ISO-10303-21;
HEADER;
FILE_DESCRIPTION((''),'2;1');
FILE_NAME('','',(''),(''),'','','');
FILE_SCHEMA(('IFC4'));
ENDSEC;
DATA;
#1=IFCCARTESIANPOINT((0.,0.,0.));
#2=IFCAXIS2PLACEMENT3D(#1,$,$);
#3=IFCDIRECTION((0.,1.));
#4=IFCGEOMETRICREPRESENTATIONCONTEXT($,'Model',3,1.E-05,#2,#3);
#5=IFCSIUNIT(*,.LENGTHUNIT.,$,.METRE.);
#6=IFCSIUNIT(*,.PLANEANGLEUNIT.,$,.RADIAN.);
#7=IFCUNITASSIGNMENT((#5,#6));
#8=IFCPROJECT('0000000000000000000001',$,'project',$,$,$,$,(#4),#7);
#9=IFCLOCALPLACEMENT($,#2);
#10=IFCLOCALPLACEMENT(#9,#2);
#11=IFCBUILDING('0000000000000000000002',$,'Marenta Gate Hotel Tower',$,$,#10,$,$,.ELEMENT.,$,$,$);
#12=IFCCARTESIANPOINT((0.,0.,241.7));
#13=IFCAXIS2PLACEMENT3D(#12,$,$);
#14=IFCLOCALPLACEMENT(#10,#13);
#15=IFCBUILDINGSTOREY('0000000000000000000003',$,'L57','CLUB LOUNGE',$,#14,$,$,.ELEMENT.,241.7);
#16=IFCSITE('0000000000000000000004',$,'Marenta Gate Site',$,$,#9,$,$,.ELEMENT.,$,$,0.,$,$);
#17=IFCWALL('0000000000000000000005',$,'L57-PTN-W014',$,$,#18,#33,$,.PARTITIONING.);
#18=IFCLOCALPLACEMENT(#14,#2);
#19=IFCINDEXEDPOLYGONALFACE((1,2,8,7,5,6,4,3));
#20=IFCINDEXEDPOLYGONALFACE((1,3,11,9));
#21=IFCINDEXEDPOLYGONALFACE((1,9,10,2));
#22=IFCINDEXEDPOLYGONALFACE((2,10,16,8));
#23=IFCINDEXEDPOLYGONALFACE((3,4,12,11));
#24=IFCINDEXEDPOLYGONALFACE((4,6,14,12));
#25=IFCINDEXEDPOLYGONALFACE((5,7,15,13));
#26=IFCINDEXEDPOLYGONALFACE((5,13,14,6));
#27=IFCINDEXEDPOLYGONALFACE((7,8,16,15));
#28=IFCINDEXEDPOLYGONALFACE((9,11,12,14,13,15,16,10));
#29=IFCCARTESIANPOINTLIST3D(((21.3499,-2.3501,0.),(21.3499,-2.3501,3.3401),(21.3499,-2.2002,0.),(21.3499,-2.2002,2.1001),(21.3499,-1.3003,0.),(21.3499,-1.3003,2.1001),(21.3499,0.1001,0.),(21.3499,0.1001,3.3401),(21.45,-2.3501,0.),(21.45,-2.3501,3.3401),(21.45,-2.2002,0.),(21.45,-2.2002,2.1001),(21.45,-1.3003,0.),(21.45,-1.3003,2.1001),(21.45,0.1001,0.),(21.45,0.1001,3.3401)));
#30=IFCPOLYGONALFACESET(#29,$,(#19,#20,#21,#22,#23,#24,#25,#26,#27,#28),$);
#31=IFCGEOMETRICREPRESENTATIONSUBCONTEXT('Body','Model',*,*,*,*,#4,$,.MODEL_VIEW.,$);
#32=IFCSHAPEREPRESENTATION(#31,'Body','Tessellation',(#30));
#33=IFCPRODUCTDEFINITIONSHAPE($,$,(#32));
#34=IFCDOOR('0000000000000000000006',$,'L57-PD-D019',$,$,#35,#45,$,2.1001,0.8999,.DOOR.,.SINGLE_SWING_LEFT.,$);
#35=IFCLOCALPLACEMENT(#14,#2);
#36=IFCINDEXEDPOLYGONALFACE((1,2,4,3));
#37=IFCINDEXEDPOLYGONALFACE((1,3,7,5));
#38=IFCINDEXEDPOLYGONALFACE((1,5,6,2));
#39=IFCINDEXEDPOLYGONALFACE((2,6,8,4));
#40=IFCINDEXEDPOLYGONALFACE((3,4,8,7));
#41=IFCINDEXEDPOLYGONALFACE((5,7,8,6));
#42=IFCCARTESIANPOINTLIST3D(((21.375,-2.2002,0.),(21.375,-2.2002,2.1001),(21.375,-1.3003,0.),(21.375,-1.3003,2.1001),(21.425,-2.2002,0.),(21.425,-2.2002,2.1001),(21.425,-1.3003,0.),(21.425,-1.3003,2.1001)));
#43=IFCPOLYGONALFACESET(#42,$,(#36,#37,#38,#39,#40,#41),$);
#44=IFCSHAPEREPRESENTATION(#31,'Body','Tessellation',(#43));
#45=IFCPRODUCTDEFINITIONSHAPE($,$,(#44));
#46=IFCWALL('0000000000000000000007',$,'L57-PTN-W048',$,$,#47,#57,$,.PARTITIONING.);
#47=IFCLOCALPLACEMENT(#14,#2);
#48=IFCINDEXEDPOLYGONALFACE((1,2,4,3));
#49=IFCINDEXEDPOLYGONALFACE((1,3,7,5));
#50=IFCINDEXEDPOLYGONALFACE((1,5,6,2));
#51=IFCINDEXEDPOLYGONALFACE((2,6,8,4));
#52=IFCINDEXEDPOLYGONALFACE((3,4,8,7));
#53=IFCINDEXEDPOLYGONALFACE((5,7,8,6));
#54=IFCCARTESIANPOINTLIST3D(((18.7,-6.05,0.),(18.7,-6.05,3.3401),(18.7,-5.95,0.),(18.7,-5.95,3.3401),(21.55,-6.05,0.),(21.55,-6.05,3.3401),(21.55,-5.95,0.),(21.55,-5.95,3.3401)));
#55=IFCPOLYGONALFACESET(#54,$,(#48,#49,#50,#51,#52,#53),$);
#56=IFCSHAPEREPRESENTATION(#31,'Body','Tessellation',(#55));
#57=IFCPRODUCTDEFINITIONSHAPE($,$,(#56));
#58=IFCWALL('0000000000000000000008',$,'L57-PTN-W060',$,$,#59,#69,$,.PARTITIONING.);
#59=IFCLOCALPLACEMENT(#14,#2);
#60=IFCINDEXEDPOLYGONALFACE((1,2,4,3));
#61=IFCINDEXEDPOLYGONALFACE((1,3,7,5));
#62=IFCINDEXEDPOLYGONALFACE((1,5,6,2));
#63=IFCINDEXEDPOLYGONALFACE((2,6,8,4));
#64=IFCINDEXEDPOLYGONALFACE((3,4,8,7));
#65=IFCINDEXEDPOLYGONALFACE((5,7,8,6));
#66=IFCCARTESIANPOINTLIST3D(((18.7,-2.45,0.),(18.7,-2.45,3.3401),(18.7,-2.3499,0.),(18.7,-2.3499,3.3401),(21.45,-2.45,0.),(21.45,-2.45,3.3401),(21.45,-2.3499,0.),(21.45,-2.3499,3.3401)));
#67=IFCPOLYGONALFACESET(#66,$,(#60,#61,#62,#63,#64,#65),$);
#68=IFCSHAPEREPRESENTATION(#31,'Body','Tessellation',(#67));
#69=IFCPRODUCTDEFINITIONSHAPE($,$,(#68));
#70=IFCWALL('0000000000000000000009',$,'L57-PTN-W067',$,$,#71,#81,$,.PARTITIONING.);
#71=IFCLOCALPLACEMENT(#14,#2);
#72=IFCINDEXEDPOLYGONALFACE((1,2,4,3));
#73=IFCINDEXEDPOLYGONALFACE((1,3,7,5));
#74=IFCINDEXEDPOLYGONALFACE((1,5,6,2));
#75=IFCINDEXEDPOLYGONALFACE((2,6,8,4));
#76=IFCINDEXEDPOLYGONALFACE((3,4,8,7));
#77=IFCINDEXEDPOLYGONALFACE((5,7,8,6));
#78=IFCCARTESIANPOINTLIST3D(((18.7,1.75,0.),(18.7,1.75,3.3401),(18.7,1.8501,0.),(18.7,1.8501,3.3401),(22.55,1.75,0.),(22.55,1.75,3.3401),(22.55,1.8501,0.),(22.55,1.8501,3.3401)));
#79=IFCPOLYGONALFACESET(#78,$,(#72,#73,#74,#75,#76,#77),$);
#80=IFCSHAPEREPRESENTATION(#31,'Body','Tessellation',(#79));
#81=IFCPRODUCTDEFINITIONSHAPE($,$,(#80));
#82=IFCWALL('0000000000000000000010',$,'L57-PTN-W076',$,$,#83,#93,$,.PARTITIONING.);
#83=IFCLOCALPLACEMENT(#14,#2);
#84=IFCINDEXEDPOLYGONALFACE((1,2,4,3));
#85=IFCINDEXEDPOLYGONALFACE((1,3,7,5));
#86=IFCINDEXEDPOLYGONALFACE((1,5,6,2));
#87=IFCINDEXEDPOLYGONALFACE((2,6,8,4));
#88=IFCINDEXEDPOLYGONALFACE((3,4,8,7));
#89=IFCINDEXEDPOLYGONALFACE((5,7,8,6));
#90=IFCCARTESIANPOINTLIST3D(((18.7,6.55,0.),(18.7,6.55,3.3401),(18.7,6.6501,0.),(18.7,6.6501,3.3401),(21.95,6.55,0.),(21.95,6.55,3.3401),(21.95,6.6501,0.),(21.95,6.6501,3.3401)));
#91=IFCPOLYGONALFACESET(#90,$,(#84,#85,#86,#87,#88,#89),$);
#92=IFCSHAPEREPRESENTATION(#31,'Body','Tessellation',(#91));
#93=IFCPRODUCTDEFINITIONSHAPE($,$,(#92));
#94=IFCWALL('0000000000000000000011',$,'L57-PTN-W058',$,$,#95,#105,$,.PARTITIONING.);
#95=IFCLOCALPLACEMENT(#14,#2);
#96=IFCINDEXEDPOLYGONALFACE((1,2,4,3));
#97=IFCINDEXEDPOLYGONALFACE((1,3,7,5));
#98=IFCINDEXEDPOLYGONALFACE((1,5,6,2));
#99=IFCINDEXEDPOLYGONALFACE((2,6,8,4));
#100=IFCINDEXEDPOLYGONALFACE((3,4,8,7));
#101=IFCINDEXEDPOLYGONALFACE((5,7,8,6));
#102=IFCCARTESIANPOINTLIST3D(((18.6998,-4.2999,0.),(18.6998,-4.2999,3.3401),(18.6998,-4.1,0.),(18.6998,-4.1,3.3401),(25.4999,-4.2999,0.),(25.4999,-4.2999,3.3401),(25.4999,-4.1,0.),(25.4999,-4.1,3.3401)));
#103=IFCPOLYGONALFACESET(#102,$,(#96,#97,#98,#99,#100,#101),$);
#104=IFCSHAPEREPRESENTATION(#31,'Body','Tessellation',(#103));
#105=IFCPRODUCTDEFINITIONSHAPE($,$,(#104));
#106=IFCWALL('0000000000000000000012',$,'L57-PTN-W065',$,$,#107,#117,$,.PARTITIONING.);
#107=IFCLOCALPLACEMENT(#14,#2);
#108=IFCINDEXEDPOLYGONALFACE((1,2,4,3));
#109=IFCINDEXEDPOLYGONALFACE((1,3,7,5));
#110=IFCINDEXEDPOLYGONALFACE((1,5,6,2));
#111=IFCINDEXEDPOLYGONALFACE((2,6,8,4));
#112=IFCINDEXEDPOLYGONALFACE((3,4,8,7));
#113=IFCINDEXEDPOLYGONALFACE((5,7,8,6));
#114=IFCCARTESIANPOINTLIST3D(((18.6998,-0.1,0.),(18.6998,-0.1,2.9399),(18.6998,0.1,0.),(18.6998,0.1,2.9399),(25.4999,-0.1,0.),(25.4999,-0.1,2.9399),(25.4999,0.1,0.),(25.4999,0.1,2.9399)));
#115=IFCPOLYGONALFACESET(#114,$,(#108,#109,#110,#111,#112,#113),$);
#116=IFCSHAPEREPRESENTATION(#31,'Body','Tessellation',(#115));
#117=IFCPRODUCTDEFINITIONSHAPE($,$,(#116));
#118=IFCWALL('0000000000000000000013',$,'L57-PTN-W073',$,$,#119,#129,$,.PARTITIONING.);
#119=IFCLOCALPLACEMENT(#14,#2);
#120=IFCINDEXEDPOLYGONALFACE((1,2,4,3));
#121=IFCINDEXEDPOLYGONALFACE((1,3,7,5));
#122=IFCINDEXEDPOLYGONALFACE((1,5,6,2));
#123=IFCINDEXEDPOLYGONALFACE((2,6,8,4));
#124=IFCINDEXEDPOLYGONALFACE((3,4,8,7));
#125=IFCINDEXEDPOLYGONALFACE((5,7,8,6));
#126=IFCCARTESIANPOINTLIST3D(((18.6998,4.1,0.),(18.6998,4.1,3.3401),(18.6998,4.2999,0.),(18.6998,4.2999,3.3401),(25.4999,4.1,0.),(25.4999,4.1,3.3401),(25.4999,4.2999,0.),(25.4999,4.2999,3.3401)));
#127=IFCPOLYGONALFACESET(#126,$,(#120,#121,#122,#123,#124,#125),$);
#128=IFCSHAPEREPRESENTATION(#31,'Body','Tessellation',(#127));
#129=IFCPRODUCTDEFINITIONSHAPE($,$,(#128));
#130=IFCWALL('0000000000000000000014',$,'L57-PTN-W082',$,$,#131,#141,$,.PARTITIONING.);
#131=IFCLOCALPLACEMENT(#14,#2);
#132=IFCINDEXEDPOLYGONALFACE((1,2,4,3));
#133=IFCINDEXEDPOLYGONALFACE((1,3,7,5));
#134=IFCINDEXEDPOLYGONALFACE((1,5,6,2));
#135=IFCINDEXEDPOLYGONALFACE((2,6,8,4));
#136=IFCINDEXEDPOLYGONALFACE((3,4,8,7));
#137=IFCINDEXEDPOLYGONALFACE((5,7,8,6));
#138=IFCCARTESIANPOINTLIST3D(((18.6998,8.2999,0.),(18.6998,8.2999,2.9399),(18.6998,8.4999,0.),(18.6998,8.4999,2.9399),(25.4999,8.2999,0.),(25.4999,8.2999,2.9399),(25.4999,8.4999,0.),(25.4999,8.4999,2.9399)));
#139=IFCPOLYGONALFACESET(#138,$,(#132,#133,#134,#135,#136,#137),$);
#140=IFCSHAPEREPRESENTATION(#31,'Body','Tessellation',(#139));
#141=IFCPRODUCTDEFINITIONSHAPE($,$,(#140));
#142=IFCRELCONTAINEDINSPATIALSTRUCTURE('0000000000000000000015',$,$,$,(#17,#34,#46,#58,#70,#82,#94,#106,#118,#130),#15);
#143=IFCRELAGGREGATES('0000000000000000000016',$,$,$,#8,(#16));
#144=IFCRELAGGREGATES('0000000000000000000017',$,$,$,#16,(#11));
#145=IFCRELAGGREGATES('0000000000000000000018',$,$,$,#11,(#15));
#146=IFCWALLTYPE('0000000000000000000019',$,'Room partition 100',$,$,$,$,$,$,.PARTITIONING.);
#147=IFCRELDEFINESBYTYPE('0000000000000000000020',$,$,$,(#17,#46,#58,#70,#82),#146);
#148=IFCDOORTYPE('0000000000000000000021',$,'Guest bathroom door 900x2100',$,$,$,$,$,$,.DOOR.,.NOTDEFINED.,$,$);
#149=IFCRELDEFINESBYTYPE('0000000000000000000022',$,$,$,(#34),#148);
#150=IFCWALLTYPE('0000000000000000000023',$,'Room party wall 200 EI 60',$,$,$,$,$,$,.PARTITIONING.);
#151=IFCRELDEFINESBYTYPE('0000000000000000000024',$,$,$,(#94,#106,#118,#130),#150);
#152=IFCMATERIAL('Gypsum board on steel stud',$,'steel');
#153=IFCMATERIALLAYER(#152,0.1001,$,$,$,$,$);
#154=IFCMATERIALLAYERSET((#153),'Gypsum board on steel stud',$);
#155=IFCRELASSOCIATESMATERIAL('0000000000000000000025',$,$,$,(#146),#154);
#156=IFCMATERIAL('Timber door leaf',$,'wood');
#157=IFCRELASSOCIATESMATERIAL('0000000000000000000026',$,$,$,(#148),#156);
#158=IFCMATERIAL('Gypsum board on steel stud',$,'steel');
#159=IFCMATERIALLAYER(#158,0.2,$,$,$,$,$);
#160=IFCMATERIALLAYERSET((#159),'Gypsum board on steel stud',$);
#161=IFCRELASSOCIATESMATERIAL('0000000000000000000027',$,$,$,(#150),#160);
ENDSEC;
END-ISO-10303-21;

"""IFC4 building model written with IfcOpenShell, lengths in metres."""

from ifc_helpers import new_model, si_unit, direction, frame, frame_2d, origin, place, context, subcontext, project, spatial, rectangle, extrude, material, layer, layer_set, type_object, element, fill, save


model = new_model("IFC4")

# Units and contexts
model_context = context("Model", 3, precision=1e-05, world=origin(), true_north=direction((0.0, 1.0)))
body_context = subcontext(model_context, "Body", "Model", "MODEL_VIEW")
ifc_project = project(units=[si_unit("LENGTHUNIT", "METRE"), si_unit("PLANEANGLEUNIT", "RADIAN")], contexts=[model_context])

# Site, building, storey
site_placement = place(None, origin())
site = spatial("IfcSite", under=ifc_project, at=site_placement, Name="Marenta Gate Site", CompositionType="ELEMENT", RefElevation=0.0)
building_placement = place(site_placement, origin())
building = spatial("IfcBuilding", under=site, at=building_placement, Name="Marenta Gate Hotel Tower", CompositionType="ELEMENT")
storey_placement = place(building_placement, frame((0.0, 0.0, 241.7)))
storey = spatial("IfcBuildingStorey", under=building, at=storey_placement, Name="L57", Description="CLUB LOUNGE", CompositionType="ELEMENT", Elevation=241.7)

# Wall, opening, door
ifc_material_1 = material(Name="Gypsum board on steel stud", Category="steel")
ifc_layer_1 = layer(ifc_material_1, 0.1001)
ifc_layer_set_1 = layer_set([ifc_layer_1], Name="Gypsum board on steel stud")
wall_type_1 = type_object("IfcWallType", Name="Room partition 100", PredefinedType="PARTITIONING", material=ifc_layer_set_1)
wall_1_placement = place(storey_placement, frame((21.3999, -2.3501, 0.0), z_axis=(0.0, 0.0, 1.0), x_axis=(0.0, 1.0, 0.0)))
wall_1 = element("IfcWall", 1, at=wall_1_placement, inside=storey, type_object=wall_type_1, Name="L57-PTN-W014", PredefinedType="PARTITIONING", context=body_context, shape_type="SweptSolid", body=[
    extrude(rectangle(XDim=2.4502, YDim=0.1001, at=frame_2d((1.2251, 0.0))), origin(), (0.0, 0.0, 1.0), 3.3401),
])
opening_1_placement = place(wall_1_placement, frame((0.1499, 0.0, 0.0)))
opening_1 = element("IfcOpeningElement", 2, at=opening_1_placement, cuts=wall_1, PredefinedType="OPENING", context=body_context, shape_type="SweptSolid", body=[
    extrude(rectangle(XDim=0.8999, YDim=2.1001, at=frame_2d((0.45, 1.05))), frame((0.0, 0.05, 0.0), z_axis=(0.0, -1.0, 0.0), x_axis=(1.0, 0.0, 0.0)), (0.0, 0.0, 1.0), 0.1001),
])
ifc_material_2 = material(Name="Timber door leaf", Category="wood")
door_type_1 = type_object("IfcDoorType", Name="Guest bathroom door 900x2100", OperationType="NOTDEFINED", PredefinedType="DOOR", material=ifc_material_2)
door_1_placement = place(opening_1_placement, origin())
door_1 = element("IfcDoor", 3, at=door_1_placement, inside=storey, type_object=door_type_1, Name="L57-PD-D019", OperationType="SINGLE_SWING_LEFT", OverallHeight=2.1001, OverallWidth=0.8999, PredefinedType="DOOR", context=body_context, shape_type="SweptSolid", body=[
    extrude(rectangle(XDim=0.8999, YDim=2.1001, at=frame_2d((0.45, 1.05))), frame((0.0, 0.0249, 0.0), z_axis=(0.0, -1.0, 0.0), x_axis=(1.0, 0.0, 0.0)), (0.0, 0.0, 1.0), 0.05),
])
fill(opening_1, door_1)

# Walls
wall_2_placement = place(storey_placement, frame((18.7, -6.0, 0.0), z_axis=(0.0, 0.0, 1.0), x_axis=(1.0, 0.0, 0.0)))
element("IfcWall", 4, at=wall_2_placement, inside=storey, type_object=wall_type_1, Name="L57-PTN-W048", PredefinedType="PARTITIONING", context=body_context, shape_type="SweptSolid", body=[
    extrude(rectangle(XDim=2.8501, YDim=0.1001, at=frame_2d((1.425, 0.0))), origin(), (0.0, 0.0, 1.0), 3.3401),
])
wall_3_placement = place(storey_placement, frame((18.7, -2.3999, 0.0), z_axis=(0.0, 0.0, 1.0), x_axis=(1.0, 0.0, 0.0)))
element("IfcWall", 5, at=wall_3_placement, inside=storey, type_object=wall_type_1, Name="L57-PTN-W060", PredefinedType="PARTITIONING", context=body_context, shape_type="SweptSolid", body=[
    extrude(rectangle(XDim=2.75, YDim=0.1001, at=frame_2d((1.375, 0.0))), origin(), (0.0, 0.0, 1.0), 3.3401),
])
wall_4_placement = place(storey_placement, frame((18.7, 1.8, 0.0), z_axis=(0.0, 0.0, 1.0), x_axis=(1.0, 0.0, 0.0)))
element("IfcWall", 6, at=wall_4_placement, inside=storey, type_object=wall_type_1, Name="L57-PTN-W067", PredefinedType="PARTITIONING", context=body_context, shape_type="SweptSolid", body=[
    extrude(rectangle(XDim=3.8501, YDim=0.1001, at=frame_2d((1.925, 0.0))), origin(), (0.0, 0.0, 1.0), 3.3401),
])
wall_5_placement = place(storey_placement, frame((18.7, 6.6001, 0.0), z_axis=(0.0, 0.0, 1.0), x_axis=(1.0, 0.0, 0.0)))
element("IfcWall", 7, at=wall_5_placement, inside=storey, type_object=wall_type_1, Name="L57-PTN-W076", PredefinedType="PARTITIONING", context=body_context, shape_type="SweptSolid", body=[
    extrude(rectangle(XDim=3.25, YDim=0.1001, at=frame_2d((1.625, 0.0))), origin(), (0.0, 0.0, 1.0), 3.3401),
])
ifc_material_3 = material(Name="Gypsum board on steel stud", Category="steel")
ifc_layer_2 = layer(ifc_material_3, 0.2)
ifc_layer_set_2 = layer_set([ifc_layer_2], Name="Gypsum board on steel stud")
wall_type_2 = type_object("IfcWallType", Name="Room party wall 200 EI 60", PredefinedType="PARTITIONING", material=ifc_layer_set_2)
wall_6_placement = place(storey_placement, frame((18.7, -4.2, 0.0), z_axis=(0.0, 0.0, 1.0), x_axis=(1.0, 0.0, 0.0)))
element("IfcWall", 8, at=wall_6_placement, inside=storey, type_object=wall_type_2, Name="L57-PTN-W058", PredefinedType="PARTITIONING", context=body_context, shape_type="SweptSolid", body=[
    extrude(rectangle(XDim=6.8, YDim=0.2, at=frame_2d((3.3999, 0.0))), origin(), (0.0, 0.0, 1.0), 3.3401),
])
wall_7_placement = place(storey_placement, frame((18.7, 0.0, 0.0), z_axis=(0.0, 0.0, 1.0), x_axis=(1.0, 0.0, 0.0)))
element("IfcWall", 9, at=wall_7_placement, inside=storey, type_object=wall_type_2, Name="L57-PTN-W065", PredefinedType="PARTITIONING", context=body_context, shape_type="SweptSolid", body=[
    extrude(rectangle(XDim=6.8, YDim=0.2, at=frame_2d((3.3999, 0.0))), origin(), (0.0, 0.0, 1.0), 2.9399),
])
wall_8_placement = place(storey_placement, frame((18.7, 4.2, 0.0), z_axis=(0.0, 0.0, 1.0), x_axis=(1.0, 0.0, 0.0)))
element("IfcWall", 10, at=wall_8_placement, inside=storey, type_object=wall_type_2, Name="L57-PTN-W073", PredefinedType="PARTITIONING", context=body_context, shape_type="SweptSolid", body=[
    extrude(rectangle(XDim=6.8, YDim=0.2, at=frame_2d((3.3999, 0.0))), origin(), (0.0, 0.0, 1.0), 3.3401),
])
wall_9_placement = place(storey_placement, frame((18.7, 8.3999, 0.0), z_axis=(0.0, 0.0, 1.0), x_axis=(1.0, 0.0, 0.0)))
element("IfcWall", 11, at=wall_9_placement, inside=storey, type_object=wall_type_2, Name="L57-PTN-W082", PredefinedType="PARTITIONING", context=body_context, shape_type="SweptSolid", body=[
    extrude(rectangle(XDim=6.8, YDim=0.2, at=frame_2d((3.3999, 0.0))), origin(), (0.0, 0.0, 1.0), 2.9399),
])

save(model, "model.ifc")
